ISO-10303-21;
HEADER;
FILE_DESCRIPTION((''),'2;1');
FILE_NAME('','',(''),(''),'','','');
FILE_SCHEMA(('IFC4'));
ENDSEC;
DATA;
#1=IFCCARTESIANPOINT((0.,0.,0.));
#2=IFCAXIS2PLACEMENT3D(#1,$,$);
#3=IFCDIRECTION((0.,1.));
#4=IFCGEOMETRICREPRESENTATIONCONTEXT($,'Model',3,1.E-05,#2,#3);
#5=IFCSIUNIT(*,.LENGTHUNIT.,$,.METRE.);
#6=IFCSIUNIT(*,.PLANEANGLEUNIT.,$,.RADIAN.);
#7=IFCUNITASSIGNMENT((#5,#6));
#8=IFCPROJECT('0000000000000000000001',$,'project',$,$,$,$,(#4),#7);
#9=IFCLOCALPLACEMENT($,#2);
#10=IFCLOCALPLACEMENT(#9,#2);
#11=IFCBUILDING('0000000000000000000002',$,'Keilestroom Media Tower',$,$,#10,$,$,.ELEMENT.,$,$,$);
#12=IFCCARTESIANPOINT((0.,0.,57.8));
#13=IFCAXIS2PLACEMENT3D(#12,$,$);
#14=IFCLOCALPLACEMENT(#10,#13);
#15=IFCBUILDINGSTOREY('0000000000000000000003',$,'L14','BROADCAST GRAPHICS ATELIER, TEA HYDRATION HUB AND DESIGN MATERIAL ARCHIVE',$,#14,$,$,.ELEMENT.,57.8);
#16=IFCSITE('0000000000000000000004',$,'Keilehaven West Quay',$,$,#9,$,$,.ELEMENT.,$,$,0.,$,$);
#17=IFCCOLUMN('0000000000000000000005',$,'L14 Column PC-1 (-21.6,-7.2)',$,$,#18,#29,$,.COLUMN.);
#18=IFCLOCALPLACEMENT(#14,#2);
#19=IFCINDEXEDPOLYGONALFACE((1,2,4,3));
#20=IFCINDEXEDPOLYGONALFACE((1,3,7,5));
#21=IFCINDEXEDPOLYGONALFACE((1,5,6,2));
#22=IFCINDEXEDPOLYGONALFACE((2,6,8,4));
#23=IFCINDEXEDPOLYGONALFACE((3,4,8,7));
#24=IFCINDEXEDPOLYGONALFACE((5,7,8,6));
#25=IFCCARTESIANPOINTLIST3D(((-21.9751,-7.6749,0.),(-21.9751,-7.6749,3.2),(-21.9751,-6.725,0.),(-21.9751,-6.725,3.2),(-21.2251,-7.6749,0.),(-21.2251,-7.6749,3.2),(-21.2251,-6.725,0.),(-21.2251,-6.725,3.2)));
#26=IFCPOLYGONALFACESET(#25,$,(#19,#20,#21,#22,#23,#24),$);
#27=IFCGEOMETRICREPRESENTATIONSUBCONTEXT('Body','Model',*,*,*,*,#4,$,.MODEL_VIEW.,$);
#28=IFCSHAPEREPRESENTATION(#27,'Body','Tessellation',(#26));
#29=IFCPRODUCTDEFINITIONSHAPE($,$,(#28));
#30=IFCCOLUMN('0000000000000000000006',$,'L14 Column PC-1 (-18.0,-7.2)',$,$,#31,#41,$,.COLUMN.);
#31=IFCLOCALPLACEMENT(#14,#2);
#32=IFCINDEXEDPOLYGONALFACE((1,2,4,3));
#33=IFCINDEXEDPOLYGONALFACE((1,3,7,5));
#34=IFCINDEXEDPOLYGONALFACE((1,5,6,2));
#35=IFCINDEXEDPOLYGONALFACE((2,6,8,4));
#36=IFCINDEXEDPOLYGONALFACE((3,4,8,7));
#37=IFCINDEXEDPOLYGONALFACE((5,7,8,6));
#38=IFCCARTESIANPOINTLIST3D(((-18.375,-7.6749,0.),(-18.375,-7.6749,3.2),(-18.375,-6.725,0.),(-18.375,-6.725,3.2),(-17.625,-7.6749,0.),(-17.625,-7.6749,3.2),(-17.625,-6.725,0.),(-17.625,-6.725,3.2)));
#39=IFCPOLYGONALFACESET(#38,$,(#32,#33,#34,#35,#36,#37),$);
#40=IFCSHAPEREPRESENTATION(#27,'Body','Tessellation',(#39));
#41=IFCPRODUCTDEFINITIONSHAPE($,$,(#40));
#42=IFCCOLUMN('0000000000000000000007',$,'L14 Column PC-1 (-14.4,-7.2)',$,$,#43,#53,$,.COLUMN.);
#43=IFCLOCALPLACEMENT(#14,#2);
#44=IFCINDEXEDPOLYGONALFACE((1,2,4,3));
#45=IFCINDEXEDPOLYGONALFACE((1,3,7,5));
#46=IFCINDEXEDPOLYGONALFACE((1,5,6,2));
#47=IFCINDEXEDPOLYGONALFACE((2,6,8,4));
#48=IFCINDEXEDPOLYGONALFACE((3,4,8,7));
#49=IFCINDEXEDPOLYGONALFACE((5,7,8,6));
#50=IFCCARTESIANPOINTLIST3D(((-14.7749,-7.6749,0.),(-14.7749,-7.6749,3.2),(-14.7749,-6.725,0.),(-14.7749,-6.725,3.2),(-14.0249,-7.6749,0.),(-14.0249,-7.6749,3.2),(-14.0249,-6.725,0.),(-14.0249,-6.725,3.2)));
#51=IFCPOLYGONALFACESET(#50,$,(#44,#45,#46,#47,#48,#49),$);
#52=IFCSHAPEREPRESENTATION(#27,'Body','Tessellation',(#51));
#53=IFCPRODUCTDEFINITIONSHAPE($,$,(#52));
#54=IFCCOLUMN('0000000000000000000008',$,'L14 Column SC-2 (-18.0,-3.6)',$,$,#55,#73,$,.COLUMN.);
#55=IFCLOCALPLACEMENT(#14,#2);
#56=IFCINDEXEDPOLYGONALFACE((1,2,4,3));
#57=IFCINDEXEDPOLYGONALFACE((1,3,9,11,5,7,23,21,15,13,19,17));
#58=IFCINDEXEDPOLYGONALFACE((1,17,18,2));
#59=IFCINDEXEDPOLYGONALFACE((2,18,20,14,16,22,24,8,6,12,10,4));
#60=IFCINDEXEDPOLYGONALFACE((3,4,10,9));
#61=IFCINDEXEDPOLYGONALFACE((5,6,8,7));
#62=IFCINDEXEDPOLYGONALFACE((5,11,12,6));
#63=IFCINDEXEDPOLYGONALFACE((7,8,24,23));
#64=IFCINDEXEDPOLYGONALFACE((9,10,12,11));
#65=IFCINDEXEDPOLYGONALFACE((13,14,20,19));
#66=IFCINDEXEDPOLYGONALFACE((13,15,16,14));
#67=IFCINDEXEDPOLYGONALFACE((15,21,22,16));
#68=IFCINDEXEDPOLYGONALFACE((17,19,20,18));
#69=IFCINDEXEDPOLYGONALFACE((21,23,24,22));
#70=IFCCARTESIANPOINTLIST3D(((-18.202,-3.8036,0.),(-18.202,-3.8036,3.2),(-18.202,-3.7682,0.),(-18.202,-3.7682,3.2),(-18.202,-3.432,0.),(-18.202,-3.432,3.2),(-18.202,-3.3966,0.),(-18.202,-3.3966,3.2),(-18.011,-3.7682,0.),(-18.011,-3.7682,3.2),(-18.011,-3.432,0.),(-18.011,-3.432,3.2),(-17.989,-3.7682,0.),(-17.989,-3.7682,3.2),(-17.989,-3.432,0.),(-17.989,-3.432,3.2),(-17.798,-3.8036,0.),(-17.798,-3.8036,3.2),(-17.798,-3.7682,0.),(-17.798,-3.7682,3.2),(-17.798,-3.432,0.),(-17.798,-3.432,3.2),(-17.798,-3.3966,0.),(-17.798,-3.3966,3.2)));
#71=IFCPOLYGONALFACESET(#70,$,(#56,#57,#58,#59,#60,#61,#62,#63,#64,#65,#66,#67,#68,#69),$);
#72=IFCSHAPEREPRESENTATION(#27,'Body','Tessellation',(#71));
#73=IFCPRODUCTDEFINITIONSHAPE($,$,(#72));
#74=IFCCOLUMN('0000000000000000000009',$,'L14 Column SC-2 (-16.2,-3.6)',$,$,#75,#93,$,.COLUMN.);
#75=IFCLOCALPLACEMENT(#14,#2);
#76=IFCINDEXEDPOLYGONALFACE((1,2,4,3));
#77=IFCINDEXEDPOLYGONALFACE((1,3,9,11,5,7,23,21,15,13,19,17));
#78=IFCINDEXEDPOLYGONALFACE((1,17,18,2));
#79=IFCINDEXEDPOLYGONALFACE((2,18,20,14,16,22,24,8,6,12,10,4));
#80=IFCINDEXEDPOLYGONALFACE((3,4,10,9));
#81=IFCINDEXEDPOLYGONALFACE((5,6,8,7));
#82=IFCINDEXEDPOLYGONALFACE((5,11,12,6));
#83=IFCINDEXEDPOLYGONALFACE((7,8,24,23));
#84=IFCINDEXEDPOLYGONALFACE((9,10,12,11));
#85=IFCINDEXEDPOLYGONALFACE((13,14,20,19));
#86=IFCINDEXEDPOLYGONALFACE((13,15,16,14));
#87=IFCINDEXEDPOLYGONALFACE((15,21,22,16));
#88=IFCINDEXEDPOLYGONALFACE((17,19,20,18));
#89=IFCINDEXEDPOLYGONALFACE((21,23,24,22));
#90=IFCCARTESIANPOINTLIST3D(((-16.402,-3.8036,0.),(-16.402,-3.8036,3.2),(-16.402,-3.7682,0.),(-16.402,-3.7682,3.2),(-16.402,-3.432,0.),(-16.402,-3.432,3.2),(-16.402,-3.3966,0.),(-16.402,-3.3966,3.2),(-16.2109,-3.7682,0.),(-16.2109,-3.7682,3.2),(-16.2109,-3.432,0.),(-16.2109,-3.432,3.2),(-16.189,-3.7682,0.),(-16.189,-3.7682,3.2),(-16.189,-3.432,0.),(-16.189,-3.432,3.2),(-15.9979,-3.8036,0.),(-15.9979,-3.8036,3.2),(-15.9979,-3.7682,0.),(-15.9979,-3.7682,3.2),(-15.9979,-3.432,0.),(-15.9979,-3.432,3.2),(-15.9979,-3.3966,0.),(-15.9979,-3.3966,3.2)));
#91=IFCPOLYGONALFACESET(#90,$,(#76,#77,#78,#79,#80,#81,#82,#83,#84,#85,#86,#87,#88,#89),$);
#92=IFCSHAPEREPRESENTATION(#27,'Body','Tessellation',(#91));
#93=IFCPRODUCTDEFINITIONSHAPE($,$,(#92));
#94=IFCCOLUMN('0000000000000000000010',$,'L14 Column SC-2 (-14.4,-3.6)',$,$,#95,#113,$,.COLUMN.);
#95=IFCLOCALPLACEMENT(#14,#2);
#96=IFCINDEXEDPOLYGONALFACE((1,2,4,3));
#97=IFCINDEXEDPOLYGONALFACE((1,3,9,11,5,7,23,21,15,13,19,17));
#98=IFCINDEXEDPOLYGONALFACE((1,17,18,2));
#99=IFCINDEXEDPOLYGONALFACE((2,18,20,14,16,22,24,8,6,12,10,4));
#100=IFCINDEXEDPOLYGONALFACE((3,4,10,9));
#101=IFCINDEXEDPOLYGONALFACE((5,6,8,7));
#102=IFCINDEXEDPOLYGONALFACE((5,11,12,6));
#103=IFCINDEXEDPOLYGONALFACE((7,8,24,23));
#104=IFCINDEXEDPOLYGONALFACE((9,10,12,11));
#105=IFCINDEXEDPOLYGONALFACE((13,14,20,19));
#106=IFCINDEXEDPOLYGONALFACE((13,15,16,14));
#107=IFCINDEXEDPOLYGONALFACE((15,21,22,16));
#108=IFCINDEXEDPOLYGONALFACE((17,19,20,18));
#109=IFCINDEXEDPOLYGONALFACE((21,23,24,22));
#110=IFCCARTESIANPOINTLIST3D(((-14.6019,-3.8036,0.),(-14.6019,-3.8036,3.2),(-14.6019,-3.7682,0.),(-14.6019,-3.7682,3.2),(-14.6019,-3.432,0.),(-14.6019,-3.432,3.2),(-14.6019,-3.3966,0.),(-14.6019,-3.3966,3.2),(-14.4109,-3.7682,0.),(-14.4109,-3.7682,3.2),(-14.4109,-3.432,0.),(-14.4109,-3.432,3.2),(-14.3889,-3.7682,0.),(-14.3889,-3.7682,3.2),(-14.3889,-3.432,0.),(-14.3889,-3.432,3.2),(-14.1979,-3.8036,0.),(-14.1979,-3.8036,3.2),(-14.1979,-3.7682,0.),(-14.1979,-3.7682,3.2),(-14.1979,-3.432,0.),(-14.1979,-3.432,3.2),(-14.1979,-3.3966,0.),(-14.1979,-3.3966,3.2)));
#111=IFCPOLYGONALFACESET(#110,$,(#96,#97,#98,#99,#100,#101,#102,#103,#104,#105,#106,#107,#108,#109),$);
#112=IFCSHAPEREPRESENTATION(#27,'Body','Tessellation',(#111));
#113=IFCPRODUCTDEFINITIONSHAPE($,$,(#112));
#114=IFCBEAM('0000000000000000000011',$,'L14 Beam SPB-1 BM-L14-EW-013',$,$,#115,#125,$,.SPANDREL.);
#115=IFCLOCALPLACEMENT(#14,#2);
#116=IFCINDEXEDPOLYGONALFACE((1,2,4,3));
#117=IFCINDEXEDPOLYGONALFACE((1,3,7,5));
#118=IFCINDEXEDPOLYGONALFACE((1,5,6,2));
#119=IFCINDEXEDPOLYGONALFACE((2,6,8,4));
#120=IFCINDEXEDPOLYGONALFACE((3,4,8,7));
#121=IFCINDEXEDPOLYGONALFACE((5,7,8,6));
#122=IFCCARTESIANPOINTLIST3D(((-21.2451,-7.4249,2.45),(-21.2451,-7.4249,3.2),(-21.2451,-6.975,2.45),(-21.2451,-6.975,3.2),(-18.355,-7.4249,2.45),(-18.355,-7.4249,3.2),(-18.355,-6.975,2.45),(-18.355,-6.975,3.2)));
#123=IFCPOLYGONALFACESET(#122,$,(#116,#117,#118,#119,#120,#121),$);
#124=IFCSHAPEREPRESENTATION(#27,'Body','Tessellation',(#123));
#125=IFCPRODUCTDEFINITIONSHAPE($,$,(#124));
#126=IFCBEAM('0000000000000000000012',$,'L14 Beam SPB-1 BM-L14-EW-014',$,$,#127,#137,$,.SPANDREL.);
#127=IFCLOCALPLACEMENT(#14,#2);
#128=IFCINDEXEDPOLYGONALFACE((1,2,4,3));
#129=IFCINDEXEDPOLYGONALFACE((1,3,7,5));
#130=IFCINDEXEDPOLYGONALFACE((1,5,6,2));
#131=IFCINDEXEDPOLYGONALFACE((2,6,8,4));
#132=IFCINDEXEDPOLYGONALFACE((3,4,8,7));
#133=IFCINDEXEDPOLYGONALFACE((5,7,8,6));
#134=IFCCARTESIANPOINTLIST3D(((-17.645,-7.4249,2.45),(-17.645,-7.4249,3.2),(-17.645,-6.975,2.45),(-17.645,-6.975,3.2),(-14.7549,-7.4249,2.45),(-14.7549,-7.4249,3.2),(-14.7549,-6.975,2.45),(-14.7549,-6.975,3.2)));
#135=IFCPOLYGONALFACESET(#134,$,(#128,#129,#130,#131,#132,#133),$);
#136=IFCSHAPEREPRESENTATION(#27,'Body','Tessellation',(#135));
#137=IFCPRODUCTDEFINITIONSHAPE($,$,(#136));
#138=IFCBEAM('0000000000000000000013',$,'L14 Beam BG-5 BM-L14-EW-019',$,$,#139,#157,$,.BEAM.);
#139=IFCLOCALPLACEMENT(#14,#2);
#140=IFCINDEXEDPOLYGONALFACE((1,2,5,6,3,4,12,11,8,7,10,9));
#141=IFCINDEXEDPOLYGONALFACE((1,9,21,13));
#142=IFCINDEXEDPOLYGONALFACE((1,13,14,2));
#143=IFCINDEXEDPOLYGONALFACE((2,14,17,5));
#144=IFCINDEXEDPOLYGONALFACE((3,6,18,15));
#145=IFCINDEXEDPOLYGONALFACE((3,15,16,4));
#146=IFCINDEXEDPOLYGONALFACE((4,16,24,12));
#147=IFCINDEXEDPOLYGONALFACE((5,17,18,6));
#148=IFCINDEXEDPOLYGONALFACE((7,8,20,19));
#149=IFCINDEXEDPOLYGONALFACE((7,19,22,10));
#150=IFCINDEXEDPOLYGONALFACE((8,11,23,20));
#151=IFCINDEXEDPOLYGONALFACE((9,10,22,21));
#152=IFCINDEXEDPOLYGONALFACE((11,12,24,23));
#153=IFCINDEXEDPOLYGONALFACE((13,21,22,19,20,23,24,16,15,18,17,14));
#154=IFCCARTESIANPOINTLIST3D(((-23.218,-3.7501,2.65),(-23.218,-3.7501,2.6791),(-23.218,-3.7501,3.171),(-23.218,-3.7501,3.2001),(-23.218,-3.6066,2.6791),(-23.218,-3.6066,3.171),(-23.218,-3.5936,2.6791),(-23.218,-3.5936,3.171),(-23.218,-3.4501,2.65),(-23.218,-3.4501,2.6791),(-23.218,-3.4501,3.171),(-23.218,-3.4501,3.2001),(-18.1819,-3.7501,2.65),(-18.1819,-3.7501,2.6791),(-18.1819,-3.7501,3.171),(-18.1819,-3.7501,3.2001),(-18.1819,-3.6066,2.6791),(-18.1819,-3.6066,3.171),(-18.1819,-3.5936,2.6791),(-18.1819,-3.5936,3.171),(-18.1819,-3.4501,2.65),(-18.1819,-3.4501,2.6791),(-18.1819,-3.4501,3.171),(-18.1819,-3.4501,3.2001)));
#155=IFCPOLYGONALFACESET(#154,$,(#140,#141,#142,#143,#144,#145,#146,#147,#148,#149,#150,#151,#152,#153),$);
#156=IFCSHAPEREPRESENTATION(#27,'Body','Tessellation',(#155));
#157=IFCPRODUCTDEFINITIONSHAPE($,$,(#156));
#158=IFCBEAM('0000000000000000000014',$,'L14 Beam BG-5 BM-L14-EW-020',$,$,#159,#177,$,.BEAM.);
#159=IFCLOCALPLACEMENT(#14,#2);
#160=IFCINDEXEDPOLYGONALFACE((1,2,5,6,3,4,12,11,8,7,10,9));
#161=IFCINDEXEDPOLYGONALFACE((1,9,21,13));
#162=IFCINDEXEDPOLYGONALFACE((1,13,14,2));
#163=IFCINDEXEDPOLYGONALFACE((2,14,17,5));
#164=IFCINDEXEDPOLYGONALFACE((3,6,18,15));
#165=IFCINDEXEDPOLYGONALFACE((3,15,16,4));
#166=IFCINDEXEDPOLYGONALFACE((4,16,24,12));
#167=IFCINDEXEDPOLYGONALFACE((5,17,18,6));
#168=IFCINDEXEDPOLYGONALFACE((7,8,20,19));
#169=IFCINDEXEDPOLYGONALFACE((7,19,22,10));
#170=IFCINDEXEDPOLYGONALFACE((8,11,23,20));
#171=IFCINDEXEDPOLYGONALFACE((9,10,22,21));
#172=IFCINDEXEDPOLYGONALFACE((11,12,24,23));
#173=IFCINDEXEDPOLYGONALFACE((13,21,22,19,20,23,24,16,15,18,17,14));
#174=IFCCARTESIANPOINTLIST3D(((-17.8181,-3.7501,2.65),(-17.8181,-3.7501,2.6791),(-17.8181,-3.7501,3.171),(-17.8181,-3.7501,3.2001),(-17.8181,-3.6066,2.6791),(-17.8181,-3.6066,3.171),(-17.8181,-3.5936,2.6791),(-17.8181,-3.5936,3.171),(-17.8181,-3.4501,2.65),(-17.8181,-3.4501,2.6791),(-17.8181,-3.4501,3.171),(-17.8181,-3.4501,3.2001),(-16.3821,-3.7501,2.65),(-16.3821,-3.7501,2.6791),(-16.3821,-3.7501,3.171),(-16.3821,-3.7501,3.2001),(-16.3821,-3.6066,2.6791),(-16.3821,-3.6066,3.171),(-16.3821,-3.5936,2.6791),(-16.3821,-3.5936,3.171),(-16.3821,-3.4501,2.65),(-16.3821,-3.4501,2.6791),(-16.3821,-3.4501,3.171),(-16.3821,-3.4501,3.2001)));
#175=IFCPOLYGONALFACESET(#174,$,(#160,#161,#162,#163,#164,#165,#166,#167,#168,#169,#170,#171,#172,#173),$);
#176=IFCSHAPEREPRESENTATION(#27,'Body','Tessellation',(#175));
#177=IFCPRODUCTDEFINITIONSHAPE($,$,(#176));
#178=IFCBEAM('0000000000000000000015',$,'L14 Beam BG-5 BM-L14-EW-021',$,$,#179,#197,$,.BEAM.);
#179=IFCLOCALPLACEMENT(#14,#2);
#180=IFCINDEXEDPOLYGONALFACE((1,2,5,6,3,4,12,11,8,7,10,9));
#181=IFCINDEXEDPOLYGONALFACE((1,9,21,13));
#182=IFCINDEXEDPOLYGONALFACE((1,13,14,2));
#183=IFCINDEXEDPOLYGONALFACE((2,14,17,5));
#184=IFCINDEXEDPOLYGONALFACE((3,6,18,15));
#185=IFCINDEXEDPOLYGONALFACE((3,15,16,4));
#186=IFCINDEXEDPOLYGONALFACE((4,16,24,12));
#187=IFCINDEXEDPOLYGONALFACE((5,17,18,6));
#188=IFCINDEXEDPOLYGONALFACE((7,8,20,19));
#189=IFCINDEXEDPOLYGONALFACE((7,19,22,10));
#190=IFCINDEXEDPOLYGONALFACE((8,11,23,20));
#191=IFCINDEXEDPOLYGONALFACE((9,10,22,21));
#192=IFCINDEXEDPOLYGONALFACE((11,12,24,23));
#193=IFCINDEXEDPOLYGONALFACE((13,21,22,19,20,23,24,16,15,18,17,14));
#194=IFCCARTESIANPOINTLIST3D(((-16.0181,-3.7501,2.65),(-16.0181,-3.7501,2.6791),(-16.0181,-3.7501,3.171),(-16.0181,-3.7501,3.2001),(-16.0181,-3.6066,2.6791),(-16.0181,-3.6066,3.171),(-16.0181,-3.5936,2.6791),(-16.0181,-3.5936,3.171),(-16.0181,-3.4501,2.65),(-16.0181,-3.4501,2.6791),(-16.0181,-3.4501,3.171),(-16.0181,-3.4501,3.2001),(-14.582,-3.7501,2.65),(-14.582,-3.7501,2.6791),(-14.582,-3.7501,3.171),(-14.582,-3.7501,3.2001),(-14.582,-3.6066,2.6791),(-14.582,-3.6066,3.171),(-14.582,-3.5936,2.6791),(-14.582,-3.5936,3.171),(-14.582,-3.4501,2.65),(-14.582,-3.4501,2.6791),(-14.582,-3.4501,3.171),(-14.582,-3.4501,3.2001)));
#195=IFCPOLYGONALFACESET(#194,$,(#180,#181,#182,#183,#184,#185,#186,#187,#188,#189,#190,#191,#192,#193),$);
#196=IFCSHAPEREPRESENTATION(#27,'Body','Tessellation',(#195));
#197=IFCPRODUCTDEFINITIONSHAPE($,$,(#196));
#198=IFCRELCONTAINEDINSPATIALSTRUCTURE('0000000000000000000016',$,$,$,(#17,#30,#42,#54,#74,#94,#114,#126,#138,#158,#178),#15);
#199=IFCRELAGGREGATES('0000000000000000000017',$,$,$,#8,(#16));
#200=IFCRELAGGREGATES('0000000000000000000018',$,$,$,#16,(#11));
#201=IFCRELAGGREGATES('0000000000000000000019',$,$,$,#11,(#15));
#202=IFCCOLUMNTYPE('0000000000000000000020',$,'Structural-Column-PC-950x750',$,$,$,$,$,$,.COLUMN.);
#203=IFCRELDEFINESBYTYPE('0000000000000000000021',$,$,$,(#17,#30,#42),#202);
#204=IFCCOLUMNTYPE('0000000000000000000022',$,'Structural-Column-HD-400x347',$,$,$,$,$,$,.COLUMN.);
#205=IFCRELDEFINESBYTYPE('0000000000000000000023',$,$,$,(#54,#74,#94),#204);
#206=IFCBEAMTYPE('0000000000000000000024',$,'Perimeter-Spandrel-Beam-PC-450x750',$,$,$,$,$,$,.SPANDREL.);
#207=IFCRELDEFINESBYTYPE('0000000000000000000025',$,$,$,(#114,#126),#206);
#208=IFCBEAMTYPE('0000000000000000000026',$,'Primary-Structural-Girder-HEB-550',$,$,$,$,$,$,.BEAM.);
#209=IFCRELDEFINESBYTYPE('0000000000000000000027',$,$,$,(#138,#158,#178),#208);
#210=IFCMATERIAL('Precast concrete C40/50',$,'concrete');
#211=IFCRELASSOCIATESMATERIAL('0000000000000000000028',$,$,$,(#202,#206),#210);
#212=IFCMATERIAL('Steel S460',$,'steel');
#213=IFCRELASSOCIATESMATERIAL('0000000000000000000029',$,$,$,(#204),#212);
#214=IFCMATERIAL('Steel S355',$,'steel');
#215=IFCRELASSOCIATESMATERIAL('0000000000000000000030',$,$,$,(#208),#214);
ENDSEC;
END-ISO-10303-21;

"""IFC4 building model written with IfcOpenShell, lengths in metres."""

from ifc_helpers import new_model, si_unit, direction, frame, origin, origin_2d, place, context, subcontext, project, spatial, rectangle, i_section, extrude, source, transform, mapped, material, material_profile, profile_set, type_object, element, save


model = new_model("IFC4")

# Units and contexts
model_context = context("Model", 3, precision=1e-05, world=origin(), true_north=direction((0.0, 1.0)))
body_context = subcontext(model_context, "Body", "Model", "MODEL_VIEW")
ifc_project = project(units=[si_unit("LENGTHUNIT", "METRE"), si_unit("PLANEANGLEUNIT", "RADIAN")], contexts=[model_context])

# Site, building, storey
site_placement = place(None, origin())
site = spatial("IfcSite", under=ifc_project, at=site_placement, Name="Keilehaven West Quay", CompositionType="ELEMENT", RefElevation=0.0)
building_placement = place(site_placement, origin())
building = spatial("IfcBuilding", under=site, at=building_placement, Name="Keilestroom Media Tower", CompositionType="ELEMENT")
storey_placement = place(building_placement, frame((0.0, 0.0, 57.8)))
storey = spatial("IfcBuildingStorey", under=building, at=storey_placement, Name="L14", Description="BROADCAST GRAPHICS ATELIER, TEA HYDRATION HUB AND DESIGN MATERIAL ARCHIVE", CompositionType="ELEMENT", Elevation=57.8)

# Columns
ifc_material_1 = material(Name="Precast concrete C40/50", Category="concrete")
ifc_material_profile_1 = material_profile(ifc_material_1, rectangle(XDim=0.75, YDim=0.95, at=origin_2d()), Name="PC 950x750")
ifc_profile_set_1 = profile_set([ifc_material_profile_1], Name="Precast concrete C40/50")
column_type_1 = type_object("IfcColumnType", Name="Structural-Column-PC-950x750", PredefinedType="COLUMN", material=ifc_profile_set_1)
shared_shape_1 = source(origin(), body_context, "Body", "SweptSolid", [
    extrude(rectangle(XDim=0.75, YDim=0.95, at=origin_2d()), origin(), (0.0, 0.0, 1.0), 3.2),
])
for number, where, z_axis, x_axis, name in (
    (1, (-21.6001, -7.2, 0.0), (0.0, 0.0, 1.0), (1.0, 0.0, 0.0), "L14 Column PC-1 (-21.6,-7.2)"),
    (2, (-18.0, -7.2, 0.0), (0.0, 0.0, 1.0), (1.0, 0.0, 0.0), "L14 Column PC-1 (-18.0,-7.2)"),
    (3, (-14.3999, -7.2, 0.0), (0.0, 0.0, 1.0), (1.0, 0.0, 0.0), "L14 Column PC-1 (-14.4,-7.2)"),
):
    element("IfcColumn", number, at=place(storey_placement, frame(where, z_axis=z_axis, x_axis=x_axis)), inside=storey, type_object=column_type_1, Name=name, PredefinedType="COLUMN", context=body_context, shape_type="MappedRepresentation", body=[
        mapped(shared_shape_1, transform((0.0, 0.0, 0.0), x_axis=(1.0, 0.0, 0.0), y_axis=(0.0, 1.0, 0.0), z_axis=(0.0, 0.0, 1.0), scale=1.0)),
    ])
ifc_material_2 = material(Name="Steel S460", Category="steel")
ifc_material_profile_2 = material_profile(ifc_material_2, i_section(OverallWidth=0.4041, OverallDepth=0.407, WebThickness=0.022, FlangeThickness=0.0354, at=origin_2d()), Name="HD 400x347")
ifc_profile_set_2 = profile_set([ifc_material_profile_2], Name="Steel S460")
column_type_2 = type_object("IfcColumnType", Name="Structural-Column-HD-400x347", PredefinedType="COLUMN", material=ifc_profile_set_2)
shared_shape_2 = source(origin(), body_context, "Body", "SweptSolid", [
    extrude(i_section(OverallWidth=0.4041, OverallDepth=0.407, WebThickness=0.022, FlangeThickness=0.0354, at=origin_2d()), origin(), (0.0, 0.0, 1.0), 3.2),
])
for number, where, z_axis, x_axis, name in (
    (4, (-18.0, -3.6001, 0.0), (0.0, 0.0, 1.0), (1.0, 0.0, 0.0), "L14 Column SC-2 (-18.0,-3.6)"),
    (5, (-16.2, -3.6001, 0.0), (0.0, 0.0, 1.0), (1.0, 0.0, 0.0), "L14 Column SC-2 (-16.2,-3.6)"),
    (6, (-14.3999, -3.6001, 0.0), (0.0, 0.0, 1.0), (1.0, 0.0, 0.0), "L14 Column SC-2 (-14.4,-3.6)"),
):
    element("IfcColumn", number, at=place(storey_placement, frame(where, z_axis=z_axis, x_axis=x_axis)), inside=storey, type_object=column_type_2, Name=name, PredefinedType="COLUMN", context=body_context, shape_type="MappedRepresentation", body=[
        mapped(shared_shape_2, transform((0.0, 0.0, 0.0), x_axis=(1.0, 0.0, 0.0), y_axis=(0.0, 1.0, 0.0), z_axis=(0.0, 0.0, 1.0), scale=1.0)),
    ])

# Beams
ifc_material_profile_3 = material_profile(ifc_material_1, rectangle(XDim=0.45, YDim=0.75, at=origin_2d()), Name="PC 450x750")
ifc_profile_set_3 = profile_set([ifc_material_profile_3], Name="Precast concrete C40/50")
beam_type_1 = type_object("IfcBeamType", Name="Perimeter-Spandrel-Beam-PC-450x750", PredefinedType="SPANDREL", material=ifc_profile_set_3)
shared_shape_3 = source(origin(), body_context, "Body", "SweptSolid", [
    extrude(rectangle(XDim=0.45, YDim=0.75, at=origin_2d()), origin(), (0.0, 0.0, 1.0), 2.8901),
])
for number, where, z_axis, x_axis, name in (
    (7, (-21.2451, -7.2, 2.825), (1.0, 0.0, 0.0), (0.0, 1.0, 0.0), "L14 Beam SPB-1 BM-L14-EW-013"),
    (8, (-17.645, -7.2, 2.825), (1.0, 0.0, 0.0), (0.0, 1.0, 0.0), "L14 Beam SPB-1 BM-L14-EW-014"),
):
    element("IfcBeam", number, at=place(storey_placement, frame(where, z_axis=z_axis, x_axis=x_axis)), inside=storey, type_object=beam_type_1, Name=name, PredefinedType="SPANDREL", context=body_context, shape_type="MappedRepresentation", body=[
        mapped(shared_shape_3, transform((0.0, 0.0, 0.0), x_axis=(1.0, 0.0, 0.0), y_axis=(0.0, 1.0, 0.0), z_axis=(0.0, 0.0, 1.0), scale=1.0)),
    ])
ifc_material_3 = material(Name="Steel S355", Category="steel")
ifc_material_profile_4 = material_profile(ifc_material_3, i_section(OverallWidth=0.3, OverallDepth=0.55, WebThickness=0.0129, FlangeThickness=0.0291, at=origin_2d()), Name="HEB 550")
ifc_profile_set_4 = profile_set([ifc_material_profile_4], Name="Steel S355")
beam_type_2 = type_object("IfcBeamType", Name="Primary-Structural-Girder-HEB-550", PredefinedType="BEAM", material=ifc_profile_set_4)
shared_shape_4 = source(origin(), body_context, "Body", "SweptSolid", [
    extrude(i_section(OverallWidth=0.3, OverallDepth=0.55, WebThickness=0.0129, FlangeThickness=0.0291, at=origin_2d()), origin(), (0.0, 0.0, 1.0), 5.0361),
])
beam_1_placement = place(storey_placement, frame((-23.218, -3.6001, 2.925), z_axis=(1.0, 0.0, 0.0), x_axis=(0.0, 1.0, 0.0)))
element("IfcBeam", 9, at=beam_1_placement, inside=storey, type_object=beam_type_2, Name="L14 Beam BG-5 BM-L14-EW-019", PredefinedType="BEAM", context=body_context, shape_type="MappedRepresentation", body=[
    mapped(shared_shape_4, transform((0.0, 0.0, 0.0), x_axis=(1.0, 0.0, 0.0), y_axis=(0.0, 1.0, 0.0), z_axis=(0.0, 0.0, 1.0), scale=1.0)),
])
shared_shape_5 = source(origin(), body_context, "Body", "SweptSolid", [
    extrude(i_section(OverallWidth=0.3, OverallDepth=0.55, WebThickness=0.0129, FlangeThickness=0.0291, at=origin_2d()), origin(), (0.0, 0.0, 1.0), 1.436),
])
for number, where, z_axis, x_axis, name in (
    (10, (-17.8181, -3.6001, 2.925), (1.0, 0.0, 0.0), (0.0, 1.0, 0.0), "L14 Beam BG-5 BM-L14-EW-020"),
    (11, (-16.0181, -3.6001, 2.925), (1.0, 0.0, 0.0), (0.0, 1.0, 0.0), "L14 Beam BG-5 BM-L14-EW-021"),
):
    element("IfcBeam", number, at=place(storey_placement, frame(where, z_axis=z_axis, x_axis=x_axis)), inside=storey, type_object=beam_type_2, Name=name, PredefinedType="BEAM", context=body_context, shape_type="MappedRepresentation", body=[
        mapped(shared_shape_5, transform((0.0, 0.0, 0.0), x_axis=(1.0, 0.0, 0.0), y_axis=(0.0, 1.0, 0.0), z_axis=(0.0, 0.0, 1.0), scale=1.0)),
    ])

save(model, "model.ifc")
